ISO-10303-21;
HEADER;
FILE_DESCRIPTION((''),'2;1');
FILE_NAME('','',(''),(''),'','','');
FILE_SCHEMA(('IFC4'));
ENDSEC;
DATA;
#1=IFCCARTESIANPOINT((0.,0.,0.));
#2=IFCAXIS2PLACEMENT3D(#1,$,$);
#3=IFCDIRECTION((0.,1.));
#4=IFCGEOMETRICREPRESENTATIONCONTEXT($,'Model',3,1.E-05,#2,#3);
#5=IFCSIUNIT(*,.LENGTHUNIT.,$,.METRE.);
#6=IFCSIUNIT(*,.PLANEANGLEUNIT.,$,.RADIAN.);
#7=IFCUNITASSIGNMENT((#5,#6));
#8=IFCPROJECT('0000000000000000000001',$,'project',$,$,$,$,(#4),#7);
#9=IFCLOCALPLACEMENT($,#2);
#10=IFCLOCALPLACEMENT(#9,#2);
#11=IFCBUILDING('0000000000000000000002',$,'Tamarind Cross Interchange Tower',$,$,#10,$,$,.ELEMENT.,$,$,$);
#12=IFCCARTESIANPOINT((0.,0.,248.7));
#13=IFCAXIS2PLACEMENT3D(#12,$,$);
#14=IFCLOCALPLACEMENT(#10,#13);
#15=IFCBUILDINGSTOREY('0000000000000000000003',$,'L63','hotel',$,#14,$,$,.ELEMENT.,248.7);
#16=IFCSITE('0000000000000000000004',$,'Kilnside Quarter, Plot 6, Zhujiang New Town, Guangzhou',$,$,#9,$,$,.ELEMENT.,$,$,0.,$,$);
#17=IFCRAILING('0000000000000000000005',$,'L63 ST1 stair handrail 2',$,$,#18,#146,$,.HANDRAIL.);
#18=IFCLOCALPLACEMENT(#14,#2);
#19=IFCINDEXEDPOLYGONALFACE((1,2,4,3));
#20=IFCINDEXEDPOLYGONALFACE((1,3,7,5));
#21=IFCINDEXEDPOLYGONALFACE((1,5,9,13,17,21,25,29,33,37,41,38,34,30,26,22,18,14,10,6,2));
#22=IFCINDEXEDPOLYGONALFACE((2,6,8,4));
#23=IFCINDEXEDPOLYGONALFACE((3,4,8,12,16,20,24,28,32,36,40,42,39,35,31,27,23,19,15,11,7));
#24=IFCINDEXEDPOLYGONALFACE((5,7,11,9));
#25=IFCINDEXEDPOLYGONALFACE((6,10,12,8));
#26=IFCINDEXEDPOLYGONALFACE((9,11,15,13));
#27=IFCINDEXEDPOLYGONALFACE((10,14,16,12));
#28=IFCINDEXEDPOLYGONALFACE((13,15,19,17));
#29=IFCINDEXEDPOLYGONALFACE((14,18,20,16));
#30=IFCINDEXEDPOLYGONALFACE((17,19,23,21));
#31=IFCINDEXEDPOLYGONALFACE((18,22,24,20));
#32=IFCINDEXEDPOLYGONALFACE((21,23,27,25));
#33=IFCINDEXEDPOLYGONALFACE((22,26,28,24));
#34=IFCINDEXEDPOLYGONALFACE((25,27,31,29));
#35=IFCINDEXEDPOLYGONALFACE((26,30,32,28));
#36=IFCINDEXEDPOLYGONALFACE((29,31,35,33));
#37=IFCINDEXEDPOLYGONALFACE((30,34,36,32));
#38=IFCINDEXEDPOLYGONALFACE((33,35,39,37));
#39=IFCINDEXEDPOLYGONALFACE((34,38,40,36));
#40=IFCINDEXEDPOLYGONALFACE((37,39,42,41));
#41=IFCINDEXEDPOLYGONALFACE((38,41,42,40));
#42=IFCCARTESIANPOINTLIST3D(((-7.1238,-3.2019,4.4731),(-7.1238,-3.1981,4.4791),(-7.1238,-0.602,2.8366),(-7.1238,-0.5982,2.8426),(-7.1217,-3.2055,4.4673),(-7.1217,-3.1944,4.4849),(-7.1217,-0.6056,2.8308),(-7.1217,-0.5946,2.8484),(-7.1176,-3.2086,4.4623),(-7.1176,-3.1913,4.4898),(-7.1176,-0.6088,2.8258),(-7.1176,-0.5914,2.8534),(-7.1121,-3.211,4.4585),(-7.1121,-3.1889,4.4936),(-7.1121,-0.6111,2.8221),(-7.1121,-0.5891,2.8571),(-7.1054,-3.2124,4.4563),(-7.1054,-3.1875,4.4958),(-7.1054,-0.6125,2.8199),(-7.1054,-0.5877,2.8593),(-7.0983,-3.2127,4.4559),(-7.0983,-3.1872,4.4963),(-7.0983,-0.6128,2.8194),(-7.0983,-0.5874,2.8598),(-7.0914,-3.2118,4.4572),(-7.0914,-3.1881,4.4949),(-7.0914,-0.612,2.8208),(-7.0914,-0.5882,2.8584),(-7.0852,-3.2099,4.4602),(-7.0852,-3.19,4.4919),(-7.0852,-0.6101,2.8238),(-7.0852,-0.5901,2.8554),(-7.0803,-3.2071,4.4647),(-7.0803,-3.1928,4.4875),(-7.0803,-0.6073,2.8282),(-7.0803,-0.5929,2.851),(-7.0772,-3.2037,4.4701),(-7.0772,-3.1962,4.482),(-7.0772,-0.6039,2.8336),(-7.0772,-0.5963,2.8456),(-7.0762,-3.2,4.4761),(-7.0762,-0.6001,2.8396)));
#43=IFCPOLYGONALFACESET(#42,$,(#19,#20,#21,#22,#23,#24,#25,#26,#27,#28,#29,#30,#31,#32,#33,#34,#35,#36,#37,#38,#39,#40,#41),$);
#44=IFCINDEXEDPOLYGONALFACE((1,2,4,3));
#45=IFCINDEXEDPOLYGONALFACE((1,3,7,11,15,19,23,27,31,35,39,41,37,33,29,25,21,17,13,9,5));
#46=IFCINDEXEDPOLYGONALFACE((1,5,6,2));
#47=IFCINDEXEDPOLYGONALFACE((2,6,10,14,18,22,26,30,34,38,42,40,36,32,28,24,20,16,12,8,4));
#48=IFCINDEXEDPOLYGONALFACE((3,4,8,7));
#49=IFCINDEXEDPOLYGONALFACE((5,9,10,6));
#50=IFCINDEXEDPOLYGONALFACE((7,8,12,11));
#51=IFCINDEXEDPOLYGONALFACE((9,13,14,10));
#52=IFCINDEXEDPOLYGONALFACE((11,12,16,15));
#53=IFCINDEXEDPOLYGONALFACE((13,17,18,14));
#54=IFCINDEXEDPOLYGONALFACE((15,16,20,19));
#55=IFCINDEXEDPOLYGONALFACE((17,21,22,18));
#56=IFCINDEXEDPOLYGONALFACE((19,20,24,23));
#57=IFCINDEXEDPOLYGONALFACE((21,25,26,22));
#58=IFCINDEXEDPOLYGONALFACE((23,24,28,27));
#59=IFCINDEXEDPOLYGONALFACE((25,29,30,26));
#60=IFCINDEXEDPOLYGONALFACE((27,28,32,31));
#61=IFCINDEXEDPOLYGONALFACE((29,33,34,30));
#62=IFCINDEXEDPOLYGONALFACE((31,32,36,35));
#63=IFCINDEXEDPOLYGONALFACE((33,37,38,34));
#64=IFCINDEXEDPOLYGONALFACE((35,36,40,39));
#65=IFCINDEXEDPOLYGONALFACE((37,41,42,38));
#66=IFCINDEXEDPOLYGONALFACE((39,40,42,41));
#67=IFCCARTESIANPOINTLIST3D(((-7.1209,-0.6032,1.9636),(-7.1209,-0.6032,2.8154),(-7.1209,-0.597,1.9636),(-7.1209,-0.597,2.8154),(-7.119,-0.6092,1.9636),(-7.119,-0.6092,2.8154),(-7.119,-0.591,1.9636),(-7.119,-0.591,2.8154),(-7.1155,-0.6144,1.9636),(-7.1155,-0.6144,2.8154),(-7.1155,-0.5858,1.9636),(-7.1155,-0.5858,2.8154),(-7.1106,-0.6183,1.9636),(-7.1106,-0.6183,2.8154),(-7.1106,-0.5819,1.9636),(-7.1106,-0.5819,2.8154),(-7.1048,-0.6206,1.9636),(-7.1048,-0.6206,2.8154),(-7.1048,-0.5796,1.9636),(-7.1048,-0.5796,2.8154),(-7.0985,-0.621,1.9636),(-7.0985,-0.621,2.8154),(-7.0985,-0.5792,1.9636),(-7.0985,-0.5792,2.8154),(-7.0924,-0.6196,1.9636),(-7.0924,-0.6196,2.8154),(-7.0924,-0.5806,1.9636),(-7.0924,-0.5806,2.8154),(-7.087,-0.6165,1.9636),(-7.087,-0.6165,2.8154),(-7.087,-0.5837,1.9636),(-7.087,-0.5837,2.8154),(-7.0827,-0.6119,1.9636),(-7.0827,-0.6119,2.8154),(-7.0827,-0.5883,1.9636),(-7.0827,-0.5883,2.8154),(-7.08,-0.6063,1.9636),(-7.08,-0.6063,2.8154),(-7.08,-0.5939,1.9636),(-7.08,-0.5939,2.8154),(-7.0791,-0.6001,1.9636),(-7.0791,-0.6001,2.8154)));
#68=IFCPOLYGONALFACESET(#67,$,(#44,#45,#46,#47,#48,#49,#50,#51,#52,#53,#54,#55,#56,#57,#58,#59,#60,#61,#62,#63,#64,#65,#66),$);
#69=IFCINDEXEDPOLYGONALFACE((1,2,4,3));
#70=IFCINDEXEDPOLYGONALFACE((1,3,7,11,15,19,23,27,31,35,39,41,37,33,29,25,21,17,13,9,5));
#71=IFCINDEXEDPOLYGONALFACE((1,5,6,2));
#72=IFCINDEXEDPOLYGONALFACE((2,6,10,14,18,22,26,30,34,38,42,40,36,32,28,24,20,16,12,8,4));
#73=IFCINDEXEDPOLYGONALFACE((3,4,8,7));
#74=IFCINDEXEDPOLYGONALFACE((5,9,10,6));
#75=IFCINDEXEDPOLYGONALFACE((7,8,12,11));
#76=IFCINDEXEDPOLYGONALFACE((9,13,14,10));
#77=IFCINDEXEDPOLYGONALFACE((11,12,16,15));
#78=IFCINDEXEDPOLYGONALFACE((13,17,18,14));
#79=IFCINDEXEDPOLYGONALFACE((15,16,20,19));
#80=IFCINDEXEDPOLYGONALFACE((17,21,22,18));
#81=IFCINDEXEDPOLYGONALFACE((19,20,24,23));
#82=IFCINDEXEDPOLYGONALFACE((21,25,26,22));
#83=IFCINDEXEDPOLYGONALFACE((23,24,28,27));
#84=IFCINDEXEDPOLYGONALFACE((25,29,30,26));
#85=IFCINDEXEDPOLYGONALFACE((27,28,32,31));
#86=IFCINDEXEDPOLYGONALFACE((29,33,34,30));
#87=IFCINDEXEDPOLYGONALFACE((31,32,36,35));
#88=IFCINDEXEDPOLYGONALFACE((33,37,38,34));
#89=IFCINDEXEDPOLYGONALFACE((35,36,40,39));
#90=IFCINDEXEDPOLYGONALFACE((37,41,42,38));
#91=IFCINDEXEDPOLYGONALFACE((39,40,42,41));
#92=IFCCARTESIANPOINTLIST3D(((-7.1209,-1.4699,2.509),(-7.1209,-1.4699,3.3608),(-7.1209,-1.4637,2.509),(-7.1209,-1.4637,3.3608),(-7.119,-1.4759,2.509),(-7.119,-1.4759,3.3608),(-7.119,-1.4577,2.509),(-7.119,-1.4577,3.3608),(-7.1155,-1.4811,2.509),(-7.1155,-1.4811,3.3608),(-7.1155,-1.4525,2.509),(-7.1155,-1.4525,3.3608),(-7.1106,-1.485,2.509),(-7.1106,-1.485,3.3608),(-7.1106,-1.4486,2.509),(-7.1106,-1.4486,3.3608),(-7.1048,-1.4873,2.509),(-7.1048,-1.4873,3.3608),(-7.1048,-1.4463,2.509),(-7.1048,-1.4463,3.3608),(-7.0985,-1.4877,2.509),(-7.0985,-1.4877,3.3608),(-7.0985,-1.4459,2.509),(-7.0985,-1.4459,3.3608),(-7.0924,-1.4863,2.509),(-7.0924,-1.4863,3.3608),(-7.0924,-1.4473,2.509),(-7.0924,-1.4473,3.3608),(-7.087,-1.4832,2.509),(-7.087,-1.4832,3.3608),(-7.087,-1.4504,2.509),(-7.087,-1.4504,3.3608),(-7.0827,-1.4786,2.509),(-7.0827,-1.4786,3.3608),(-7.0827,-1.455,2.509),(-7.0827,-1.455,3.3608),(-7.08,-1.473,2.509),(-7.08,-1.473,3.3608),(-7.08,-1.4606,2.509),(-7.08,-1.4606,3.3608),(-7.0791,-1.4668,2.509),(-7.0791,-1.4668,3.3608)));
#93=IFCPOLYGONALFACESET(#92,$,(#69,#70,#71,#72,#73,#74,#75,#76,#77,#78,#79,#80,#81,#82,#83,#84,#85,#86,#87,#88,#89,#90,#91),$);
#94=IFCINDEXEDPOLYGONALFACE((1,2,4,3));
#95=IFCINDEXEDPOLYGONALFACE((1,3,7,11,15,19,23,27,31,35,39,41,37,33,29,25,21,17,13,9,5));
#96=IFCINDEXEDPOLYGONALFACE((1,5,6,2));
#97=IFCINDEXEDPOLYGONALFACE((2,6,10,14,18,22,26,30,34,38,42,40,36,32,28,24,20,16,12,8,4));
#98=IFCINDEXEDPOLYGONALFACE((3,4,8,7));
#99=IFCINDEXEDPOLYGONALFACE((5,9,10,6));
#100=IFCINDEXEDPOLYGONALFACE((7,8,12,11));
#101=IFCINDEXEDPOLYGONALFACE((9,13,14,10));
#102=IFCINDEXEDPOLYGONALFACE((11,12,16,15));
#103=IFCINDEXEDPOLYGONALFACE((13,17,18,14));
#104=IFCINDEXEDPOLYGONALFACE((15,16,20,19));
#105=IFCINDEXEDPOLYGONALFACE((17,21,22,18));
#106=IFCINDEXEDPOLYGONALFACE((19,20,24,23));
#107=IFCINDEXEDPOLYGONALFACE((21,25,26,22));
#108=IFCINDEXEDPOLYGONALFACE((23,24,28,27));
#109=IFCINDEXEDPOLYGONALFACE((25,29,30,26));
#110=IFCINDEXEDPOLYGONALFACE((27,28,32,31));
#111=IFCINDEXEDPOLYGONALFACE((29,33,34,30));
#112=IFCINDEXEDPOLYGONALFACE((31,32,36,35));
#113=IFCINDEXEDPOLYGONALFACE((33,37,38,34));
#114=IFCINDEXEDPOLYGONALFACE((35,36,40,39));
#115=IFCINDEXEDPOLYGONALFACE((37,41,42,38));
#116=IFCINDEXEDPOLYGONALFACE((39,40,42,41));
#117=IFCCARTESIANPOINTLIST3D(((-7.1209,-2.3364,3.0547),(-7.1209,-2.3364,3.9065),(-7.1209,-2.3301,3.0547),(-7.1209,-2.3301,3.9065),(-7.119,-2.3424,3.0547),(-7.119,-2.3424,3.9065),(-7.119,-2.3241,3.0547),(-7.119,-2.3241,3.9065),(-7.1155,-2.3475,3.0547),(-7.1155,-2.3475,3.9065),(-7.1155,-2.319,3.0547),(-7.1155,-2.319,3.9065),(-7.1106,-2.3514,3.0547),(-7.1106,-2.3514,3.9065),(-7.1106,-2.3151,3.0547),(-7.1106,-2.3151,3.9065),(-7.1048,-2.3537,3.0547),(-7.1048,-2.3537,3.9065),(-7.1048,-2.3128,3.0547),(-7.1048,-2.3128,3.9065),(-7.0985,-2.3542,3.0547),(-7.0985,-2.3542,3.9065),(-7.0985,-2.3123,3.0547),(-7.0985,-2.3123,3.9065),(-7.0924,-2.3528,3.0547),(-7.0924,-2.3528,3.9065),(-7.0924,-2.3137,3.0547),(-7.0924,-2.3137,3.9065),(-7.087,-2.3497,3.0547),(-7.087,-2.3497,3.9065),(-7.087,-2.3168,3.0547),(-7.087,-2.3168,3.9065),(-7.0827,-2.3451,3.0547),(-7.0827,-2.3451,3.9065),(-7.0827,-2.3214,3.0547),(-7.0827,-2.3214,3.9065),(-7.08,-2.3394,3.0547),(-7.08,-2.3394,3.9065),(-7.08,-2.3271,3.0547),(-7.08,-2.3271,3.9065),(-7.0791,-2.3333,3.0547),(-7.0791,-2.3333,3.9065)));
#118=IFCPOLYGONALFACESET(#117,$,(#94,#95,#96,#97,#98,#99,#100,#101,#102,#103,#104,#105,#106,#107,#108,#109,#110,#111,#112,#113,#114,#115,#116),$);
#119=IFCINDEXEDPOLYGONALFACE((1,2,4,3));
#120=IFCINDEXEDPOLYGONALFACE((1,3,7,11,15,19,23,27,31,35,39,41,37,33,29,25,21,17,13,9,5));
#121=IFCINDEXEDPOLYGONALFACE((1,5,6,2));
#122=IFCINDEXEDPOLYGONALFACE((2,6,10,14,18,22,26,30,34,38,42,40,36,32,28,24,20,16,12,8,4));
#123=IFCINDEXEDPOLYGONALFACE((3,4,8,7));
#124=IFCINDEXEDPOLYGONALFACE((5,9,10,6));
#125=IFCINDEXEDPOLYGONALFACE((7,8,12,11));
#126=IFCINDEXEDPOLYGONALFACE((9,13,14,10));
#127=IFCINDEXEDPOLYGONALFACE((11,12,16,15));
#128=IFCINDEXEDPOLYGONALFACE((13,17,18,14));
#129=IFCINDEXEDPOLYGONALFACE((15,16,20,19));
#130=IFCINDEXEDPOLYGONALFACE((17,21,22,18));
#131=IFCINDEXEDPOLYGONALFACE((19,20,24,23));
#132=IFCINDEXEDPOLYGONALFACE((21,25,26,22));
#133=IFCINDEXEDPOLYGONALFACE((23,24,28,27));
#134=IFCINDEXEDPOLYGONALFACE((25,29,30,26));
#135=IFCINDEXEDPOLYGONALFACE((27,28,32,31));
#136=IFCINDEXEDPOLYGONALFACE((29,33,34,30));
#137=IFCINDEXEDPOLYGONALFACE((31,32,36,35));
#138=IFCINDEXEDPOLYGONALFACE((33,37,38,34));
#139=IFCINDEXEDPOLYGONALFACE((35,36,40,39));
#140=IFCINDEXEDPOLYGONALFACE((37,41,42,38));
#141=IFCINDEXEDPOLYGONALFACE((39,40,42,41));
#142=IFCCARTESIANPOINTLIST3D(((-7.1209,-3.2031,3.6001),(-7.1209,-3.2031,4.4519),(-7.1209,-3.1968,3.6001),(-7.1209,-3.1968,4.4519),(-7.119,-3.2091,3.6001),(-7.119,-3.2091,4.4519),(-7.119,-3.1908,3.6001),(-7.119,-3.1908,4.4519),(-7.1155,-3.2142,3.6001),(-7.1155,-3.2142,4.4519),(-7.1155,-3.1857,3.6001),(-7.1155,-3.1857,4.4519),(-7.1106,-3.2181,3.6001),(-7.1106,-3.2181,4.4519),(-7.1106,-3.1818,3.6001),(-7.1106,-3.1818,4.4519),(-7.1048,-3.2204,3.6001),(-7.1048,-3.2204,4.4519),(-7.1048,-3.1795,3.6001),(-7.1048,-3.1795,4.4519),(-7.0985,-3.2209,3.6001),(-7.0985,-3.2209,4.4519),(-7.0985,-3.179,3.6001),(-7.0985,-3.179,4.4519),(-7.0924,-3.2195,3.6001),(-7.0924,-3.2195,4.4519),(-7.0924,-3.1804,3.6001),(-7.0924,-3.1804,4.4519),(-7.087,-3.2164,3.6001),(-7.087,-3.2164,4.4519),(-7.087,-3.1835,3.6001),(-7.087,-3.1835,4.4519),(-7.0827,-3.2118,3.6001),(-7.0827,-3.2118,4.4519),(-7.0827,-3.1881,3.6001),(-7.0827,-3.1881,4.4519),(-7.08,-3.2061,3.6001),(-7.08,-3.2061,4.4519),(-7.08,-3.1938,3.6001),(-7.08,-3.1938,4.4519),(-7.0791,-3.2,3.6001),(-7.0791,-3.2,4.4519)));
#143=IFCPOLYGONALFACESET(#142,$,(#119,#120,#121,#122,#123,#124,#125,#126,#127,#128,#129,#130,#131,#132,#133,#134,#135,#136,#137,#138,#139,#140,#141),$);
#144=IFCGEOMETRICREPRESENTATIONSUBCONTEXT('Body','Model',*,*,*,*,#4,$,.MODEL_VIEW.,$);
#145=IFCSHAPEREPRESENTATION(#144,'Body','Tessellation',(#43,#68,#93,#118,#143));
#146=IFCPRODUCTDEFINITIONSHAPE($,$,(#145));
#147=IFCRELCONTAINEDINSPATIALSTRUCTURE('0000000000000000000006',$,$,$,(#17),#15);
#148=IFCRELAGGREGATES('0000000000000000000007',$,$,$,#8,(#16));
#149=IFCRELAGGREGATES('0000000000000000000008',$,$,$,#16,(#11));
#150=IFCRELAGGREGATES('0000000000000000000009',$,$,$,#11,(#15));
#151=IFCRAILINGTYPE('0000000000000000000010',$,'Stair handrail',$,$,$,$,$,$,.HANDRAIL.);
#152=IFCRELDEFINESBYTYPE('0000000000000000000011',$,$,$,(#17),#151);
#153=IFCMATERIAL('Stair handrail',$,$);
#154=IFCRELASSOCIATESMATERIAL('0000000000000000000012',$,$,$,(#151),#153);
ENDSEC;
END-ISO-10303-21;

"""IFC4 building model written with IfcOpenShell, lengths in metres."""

from ifc_helpers import new_model, si_unit, direction, frame, origin, origin_2d, place, context, subcontext, project, spatial, circle, extrude, material, type_object, element, save


model = new_model("IFC4")

# Units and contexts
model_context = context("Model", 3, precision=1e-05, world=origin(), true_north=direction((0.0, 1.0)))
body_context = subcontext(model_context, "Body", "Model", "MODEL_VIEW")
ifc_project = project(units=[si_unit("LENGTHUNIT", "METRE"), si_unit("PLANEANGLEUNIT", "RADIAN")], contexts=[model_context])

# Site, building, storey
site_placement = place(None, origin())
site = spatial("IfcSite", under=ifc_project, at=site_placement, Name="Kilnside Quarter, Plot 6, Zhujiang New Town, Guangzhou", CompositionType="ELEMENT", RefElevation=0.0)
building_placement = place(site_placement, origin())
building = spatial("IfcBuilding", under=site, at=building_placement, Name="Tamarind Cross Interchange Tower", CompositionType="ELEMENT")
storey_placement = place(building_placement, frame((0.0, 0.0, 248.7)))
storey = spatial("IfcBuildingStorey", under=building, at=storey_placement, Name="L63", Description="hotel", CompositionType="ELEMENT", Elevation=248.7)

# Railing
ifc_material_1 = material(Name="Stair handrail")
railing_type_1 = type_object("IfcRailingType", Name="Stair handrail", PredefinedType="HANDRAIL", material=ifc_material_1)
railing_1_placement = place(storey_placement, frame((-7.1001, -0.6001, 1.9636)))
element("IfcRailing", 1, at=railing_1_placement, inside=storey, type_object=railing_type_1, Name="L63 ST1 stair handrail 2", PredefinedType="HANDRAIL", context=body_context, shape_type="SweptSolid", body=[
    extrude(circle(Radius=0.0239, at=origin_2d()), frame((0.0, 0.0, 0.876), z_axis=(0.0, -0.846302, 0.532704), x_axis=(1.0, 0.0, 0.0)), (0.0, 0.0, 1.0), 3.072),
    extrude(circle(Radius=0.021, at=origin_2d()), origin(), (0.0, 0.0, 1.0), 0.8518),
    extrude(circle(Radius=0.021, at=origin_2d()), frame((0.0, -0.8667, 0.5454)), (0.0, 0.0, 1.0), 0.8518),
    extrude(circle(Radius=0.021, at=origin_2d()), frame((0.0, -1.7332, 1.0911)), (0.0, 0.0, 1.0), 0.8518),
    extrude(circle(Radius=0.021, at=origin_2d()), frame((0.0, -2.5999, 1.6365)), (0.0, 0.0, 1.0), 0.8518),
])

save(model, "model.ifc")
